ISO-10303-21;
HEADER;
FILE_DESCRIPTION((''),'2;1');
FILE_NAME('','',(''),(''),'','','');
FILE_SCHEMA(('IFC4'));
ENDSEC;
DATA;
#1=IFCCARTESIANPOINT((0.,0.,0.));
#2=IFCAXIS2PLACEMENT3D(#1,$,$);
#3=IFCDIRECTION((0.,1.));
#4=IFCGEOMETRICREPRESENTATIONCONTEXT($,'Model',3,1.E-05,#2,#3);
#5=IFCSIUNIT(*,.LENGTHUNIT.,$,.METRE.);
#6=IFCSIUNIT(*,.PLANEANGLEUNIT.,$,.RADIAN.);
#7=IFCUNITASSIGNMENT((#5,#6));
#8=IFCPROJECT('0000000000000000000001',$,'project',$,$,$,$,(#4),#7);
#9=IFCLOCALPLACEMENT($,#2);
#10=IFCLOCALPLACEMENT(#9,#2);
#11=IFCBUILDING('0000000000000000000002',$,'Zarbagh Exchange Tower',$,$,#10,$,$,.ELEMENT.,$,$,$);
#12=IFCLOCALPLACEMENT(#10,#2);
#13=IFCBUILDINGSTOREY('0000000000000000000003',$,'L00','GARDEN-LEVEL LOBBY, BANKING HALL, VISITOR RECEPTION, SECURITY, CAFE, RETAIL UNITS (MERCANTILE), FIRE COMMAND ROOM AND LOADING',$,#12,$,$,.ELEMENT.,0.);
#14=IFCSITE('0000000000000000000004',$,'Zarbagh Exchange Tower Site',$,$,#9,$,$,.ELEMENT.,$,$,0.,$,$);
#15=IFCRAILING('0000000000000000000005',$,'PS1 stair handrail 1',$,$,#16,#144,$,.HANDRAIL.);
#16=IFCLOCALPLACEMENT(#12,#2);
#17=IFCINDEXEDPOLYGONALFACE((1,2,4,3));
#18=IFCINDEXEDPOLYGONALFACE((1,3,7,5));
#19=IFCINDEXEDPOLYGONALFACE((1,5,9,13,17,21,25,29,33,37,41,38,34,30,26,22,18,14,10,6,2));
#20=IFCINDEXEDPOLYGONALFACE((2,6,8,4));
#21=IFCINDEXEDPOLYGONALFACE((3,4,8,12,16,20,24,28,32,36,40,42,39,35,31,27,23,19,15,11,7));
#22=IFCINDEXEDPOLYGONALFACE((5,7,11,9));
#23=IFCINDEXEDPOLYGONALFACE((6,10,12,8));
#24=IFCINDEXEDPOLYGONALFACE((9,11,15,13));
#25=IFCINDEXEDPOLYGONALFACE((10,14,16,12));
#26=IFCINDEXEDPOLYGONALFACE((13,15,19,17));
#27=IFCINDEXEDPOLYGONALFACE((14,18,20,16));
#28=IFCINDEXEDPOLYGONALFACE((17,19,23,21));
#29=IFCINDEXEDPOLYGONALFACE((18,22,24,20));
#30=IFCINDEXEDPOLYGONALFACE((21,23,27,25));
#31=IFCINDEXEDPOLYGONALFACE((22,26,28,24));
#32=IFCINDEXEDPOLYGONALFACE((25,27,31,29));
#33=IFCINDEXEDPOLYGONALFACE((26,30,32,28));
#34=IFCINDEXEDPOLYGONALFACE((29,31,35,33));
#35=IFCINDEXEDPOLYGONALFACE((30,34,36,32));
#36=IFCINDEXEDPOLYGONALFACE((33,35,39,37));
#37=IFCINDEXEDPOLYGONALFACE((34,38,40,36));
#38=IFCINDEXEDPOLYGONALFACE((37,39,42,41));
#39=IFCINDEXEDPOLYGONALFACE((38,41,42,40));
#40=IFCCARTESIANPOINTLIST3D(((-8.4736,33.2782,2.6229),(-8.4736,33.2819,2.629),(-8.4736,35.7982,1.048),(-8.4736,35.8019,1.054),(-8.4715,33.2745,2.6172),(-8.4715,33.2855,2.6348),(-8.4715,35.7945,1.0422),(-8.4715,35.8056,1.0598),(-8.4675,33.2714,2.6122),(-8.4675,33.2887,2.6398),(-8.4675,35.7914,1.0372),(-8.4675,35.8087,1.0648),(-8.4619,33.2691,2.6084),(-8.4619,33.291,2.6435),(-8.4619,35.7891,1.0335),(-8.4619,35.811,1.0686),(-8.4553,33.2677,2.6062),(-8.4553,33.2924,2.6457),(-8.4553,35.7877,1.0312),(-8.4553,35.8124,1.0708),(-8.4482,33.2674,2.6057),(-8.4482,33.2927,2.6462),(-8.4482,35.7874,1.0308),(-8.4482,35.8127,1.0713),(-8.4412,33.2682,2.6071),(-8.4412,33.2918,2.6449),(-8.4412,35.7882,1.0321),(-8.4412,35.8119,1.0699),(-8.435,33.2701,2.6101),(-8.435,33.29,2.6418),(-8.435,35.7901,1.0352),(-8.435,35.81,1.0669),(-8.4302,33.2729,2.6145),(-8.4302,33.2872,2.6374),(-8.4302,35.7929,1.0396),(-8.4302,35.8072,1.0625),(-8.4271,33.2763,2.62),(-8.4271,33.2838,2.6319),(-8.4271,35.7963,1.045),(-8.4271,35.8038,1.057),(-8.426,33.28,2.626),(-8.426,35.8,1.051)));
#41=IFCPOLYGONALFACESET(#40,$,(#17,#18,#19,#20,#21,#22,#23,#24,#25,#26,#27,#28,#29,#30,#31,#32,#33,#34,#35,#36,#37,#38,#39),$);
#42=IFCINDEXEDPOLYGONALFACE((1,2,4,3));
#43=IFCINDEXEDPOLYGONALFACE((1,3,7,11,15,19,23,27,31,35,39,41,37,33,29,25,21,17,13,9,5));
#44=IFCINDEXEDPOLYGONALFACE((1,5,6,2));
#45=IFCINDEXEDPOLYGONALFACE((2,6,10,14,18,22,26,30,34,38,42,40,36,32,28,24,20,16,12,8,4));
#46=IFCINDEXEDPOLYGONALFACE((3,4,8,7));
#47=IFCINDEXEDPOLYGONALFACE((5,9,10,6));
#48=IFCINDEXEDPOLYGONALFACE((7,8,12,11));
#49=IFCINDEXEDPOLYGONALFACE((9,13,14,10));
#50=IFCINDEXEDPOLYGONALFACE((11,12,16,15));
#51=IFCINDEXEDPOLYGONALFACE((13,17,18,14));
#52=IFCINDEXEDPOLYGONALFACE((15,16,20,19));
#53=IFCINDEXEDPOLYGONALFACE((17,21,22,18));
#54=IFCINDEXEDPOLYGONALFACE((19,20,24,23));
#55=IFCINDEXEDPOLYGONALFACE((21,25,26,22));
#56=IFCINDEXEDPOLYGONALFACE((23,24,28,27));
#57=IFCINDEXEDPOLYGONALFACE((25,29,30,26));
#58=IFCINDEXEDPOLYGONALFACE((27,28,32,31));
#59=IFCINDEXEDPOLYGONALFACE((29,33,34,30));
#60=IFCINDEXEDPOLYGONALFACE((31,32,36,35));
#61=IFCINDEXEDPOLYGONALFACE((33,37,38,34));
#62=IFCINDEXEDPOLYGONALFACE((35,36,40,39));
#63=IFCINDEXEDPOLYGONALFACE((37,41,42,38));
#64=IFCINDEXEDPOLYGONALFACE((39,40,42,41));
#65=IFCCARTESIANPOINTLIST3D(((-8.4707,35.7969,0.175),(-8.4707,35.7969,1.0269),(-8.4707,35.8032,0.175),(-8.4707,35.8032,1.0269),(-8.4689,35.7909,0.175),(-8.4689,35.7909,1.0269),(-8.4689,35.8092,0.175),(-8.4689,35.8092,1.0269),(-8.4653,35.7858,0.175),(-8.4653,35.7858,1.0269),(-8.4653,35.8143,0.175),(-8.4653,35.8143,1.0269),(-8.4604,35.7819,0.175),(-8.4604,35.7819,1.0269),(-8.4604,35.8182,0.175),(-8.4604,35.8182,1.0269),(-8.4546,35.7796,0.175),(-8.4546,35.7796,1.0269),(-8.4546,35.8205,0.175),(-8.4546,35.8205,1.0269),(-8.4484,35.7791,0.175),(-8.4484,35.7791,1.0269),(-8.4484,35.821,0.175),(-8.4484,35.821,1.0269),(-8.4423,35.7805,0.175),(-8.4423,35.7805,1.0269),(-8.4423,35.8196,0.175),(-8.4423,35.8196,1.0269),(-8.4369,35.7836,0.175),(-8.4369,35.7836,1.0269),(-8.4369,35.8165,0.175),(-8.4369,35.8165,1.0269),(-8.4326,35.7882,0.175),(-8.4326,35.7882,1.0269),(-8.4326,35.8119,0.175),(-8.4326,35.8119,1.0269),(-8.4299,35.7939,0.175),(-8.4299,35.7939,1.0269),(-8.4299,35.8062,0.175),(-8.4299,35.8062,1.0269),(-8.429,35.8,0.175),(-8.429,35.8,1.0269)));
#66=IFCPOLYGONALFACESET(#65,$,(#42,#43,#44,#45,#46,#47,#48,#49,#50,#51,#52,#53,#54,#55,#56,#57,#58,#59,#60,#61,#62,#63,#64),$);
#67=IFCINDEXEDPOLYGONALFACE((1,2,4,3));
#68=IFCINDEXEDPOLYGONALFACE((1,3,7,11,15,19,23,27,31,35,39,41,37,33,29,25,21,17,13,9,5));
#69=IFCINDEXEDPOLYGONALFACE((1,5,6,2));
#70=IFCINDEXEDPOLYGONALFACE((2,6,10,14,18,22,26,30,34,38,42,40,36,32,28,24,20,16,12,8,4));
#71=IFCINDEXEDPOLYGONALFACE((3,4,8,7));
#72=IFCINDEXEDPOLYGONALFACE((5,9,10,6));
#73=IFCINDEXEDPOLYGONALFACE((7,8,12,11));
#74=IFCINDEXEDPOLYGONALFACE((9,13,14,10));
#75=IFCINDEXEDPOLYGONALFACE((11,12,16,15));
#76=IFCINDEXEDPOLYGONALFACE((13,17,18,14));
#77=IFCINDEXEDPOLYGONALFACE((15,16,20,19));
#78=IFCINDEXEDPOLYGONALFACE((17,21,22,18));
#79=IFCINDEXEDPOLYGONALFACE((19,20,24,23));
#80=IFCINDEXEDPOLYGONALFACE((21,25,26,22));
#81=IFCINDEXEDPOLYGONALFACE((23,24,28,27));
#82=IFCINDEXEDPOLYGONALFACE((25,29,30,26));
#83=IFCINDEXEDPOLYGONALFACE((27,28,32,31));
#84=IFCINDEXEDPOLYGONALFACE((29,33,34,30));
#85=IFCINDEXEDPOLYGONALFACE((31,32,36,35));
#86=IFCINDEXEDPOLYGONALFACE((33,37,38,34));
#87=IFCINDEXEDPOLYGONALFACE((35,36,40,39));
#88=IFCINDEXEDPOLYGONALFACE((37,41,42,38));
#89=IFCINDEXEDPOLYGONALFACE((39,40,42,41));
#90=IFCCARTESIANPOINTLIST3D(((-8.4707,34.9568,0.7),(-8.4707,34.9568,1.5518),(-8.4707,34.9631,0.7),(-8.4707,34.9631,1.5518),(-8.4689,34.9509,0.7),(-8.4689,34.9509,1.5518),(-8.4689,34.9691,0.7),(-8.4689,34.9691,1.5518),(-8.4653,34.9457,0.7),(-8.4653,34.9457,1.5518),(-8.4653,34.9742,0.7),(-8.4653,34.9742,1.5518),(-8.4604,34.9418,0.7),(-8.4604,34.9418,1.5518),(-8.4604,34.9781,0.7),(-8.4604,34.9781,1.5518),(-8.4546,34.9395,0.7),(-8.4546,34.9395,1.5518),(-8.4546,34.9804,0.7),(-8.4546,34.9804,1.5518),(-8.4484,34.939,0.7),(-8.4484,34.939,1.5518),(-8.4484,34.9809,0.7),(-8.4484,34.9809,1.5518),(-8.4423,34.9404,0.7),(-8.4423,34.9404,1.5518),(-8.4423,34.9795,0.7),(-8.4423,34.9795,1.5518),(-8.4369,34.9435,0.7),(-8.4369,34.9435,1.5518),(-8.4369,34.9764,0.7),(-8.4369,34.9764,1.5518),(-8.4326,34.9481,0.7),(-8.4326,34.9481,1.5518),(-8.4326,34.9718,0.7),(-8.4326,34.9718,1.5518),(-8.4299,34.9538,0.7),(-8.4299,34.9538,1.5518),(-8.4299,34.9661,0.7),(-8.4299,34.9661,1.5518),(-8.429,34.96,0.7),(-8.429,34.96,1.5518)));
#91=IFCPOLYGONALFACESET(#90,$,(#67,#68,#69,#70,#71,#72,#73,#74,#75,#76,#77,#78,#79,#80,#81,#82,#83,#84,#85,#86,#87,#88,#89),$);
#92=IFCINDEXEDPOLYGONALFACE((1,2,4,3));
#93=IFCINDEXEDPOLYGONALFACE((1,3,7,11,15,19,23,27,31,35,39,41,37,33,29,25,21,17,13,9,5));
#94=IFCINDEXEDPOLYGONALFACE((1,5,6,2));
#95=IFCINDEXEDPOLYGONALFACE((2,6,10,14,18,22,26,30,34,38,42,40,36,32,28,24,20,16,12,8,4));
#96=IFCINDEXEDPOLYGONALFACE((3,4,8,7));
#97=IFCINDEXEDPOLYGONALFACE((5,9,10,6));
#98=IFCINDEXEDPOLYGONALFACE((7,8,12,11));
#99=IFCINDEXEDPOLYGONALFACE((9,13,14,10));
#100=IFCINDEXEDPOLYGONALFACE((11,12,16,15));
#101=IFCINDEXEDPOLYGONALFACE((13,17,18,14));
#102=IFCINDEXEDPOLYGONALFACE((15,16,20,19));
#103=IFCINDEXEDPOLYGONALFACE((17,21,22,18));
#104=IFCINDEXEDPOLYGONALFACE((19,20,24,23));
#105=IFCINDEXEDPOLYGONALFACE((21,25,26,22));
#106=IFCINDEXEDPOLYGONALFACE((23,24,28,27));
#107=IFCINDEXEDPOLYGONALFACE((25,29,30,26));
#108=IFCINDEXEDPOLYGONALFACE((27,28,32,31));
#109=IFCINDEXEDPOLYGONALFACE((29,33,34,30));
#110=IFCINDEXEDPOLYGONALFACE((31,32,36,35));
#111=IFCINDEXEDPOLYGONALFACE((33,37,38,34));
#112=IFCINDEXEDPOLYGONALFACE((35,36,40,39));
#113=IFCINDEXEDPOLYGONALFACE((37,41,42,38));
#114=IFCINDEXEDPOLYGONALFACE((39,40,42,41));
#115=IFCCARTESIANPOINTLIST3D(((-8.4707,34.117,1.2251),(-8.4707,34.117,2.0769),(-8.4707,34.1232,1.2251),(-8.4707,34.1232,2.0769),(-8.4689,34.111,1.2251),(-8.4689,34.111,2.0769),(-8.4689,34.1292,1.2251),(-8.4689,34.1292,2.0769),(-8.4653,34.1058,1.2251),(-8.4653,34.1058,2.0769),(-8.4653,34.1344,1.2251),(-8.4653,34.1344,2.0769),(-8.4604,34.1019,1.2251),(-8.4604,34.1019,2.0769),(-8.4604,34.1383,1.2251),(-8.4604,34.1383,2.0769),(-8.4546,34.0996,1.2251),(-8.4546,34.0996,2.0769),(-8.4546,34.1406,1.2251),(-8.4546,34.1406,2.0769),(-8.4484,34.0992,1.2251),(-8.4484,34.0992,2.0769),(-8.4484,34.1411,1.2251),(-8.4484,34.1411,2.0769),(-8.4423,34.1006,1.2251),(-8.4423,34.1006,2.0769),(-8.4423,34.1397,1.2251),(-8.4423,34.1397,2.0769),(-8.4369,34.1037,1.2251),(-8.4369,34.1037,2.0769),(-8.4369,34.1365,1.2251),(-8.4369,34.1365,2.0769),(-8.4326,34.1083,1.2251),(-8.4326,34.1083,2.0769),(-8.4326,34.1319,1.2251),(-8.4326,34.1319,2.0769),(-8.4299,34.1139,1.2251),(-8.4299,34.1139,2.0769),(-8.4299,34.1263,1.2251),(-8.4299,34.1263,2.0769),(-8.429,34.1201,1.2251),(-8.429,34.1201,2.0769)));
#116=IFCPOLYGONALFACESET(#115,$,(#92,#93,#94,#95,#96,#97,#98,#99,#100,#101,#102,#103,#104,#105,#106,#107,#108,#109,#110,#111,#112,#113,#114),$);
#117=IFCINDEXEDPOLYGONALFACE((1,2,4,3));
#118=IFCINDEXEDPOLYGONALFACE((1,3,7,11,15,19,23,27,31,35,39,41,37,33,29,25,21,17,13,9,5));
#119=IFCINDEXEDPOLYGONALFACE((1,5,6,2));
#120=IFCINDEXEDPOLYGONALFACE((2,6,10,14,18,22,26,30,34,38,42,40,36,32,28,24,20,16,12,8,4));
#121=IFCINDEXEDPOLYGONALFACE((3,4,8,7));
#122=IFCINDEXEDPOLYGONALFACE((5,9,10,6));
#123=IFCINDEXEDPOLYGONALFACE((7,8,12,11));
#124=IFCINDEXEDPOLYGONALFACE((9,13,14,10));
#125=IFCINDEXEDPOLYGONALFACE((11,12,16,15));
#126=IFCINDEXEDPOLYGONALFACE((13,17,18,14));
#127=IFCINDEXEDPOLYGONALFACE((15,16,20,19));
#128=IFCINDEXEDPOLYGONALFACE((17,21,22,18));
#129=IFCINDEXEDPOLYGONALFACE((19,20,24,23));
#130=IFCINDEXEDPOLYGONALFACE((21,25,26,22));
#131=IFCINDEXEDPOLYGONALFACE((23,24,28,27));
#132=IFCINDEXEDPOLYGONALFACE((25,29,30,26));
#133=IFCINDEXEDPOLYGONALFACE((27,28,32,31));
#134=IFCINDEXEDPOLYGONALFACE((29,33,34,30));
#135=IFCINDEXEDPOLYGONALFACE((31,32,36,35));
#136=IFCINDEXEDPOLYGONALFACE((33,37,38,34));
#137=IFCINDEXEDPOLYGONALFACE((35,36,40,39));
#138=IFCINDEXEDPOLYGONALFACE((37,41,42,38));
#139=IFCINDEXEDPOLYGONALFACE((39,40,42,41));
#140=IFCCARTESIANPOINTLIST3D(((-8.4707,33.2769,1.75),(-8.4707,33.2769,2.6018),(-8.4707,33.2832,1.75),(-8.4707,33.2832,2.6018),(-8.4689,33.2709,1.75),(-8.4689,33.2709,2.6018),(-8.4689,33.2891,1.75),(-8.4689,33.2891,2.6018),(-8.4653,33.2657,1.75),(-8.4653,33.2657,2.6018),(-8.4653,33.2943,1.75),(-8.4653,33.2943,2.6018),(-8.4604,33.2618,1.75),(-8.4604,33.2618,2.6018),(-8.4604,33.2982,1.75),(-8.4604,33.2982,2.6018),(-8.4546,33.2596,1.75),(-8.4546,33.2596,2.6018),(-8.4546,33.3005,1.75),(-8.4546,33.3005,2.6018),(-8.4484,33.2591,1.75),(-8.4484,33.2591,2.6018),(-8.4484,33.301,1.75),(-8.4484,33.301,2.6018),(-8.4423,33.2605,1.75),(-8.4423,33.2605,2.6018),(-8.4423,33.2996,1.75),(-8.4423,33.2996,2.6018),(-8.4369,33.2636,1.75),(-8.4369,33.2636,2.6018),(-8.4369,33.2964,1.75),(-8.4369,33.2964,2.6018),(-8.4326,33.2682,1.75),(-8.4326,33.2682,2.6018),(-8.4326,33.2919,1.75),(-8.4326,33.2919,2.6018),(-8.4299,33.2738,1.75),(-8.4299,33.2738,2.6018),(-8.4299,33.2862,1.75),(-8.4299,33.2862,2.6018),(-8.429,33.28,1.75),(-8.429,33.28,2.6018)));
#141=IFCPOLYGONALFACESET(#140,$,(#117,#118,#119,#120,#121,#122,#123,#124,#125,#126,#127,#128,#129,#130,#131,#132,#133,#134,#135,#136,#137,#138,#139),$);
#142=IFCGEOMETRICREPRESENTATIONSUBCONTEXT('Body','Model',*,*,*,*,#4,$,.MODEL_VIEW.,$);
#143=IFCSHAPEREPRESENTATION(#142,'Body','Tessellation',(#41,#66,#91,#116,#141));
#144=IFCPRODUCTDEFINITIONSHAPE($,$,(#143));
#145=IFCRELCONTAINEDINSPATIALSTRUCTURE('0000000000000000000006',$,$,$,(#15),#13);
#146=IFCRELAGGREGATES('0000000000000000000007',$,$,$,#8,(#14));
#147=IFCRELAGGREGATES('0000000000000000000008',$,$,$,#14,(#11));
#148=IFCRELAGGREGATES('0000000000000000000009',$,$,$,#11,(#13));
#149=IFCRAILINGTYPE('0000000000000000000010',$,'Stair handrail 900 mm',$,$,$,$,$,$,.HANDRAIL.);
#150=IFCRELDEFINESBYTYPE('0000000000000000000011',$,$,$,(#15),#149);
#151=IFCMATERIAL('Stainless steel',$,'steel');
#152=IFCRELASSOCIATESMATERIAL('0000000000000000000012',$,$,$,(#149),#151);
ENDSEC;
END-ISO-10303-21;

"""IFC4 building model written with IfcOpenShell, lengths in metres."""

from ifc_helpers import new_model, si_unit, direction, frame, origin, origin_2d, place, context, subcontext, project, spatial, circle, extrude, material, type_object, element, save


model = new_model("IFC4")

# Units and contexts
model_context = context("Model", 3, precision=1e-05, world=origin(), true_north=direction((0.0, 1.0)))
body_context = subcontext(model_context, "Body", "Model", "MODEL_VIEW")
ifc_project = project(units=[si_unit("LENGTHUNIT", "METRE"), si_unit("PLANEANGLEUNIT", "RADIAN")], contexts=[model_context])

# Site, building, storey
site_placement = place(None, origin())
site = spatial("IfcSite", under=ifc_project, at=site_placement, Name="Zarbagh Exchange Tower Site", CompositionType="ELEMENT", RefElevation=0.0)
building_placement = place(site_placement, origin())
building = spatial("IfcBuilding", under=site, at=building_placement, Name="Zarbagh Exchange Tower", CompositionType="ELEMENT")
storey_placement = place(building_placement, origin())
storey = spatial("IfcBuildingStorey", under=building, at=storey_placement, Name="L00", Description="GARDEN-LEVEL LOBBY, BANKING HALL, VISITOR RECEPTION, SECURITY, CAFE, RETAIL UNITS (MERCANTILE), FIRE COMMAND ROOM AND LOADING", CompositionType="ELEMENT", Elevation=0.0)

# Railing
ifc_material_1 = material(Name="Stainless steel", Category="steel")
railing_type_1 = type_object("IfcRailingType", Name="Stair handrail 900 mm", PredefinedType="HANDRAIL", material=ifc_material_1)
for number, where, name in (
    (1, (-8.45, 35.8, 0.175), "PS1 stair handrail 1"),
):
    element("IfcRailing", number, at=place(storey_placement, frame(where)), inside=storey, type_object=railing_type_1, Name=name, PredefinedType="HANDRAIL", context=body_context, shape_type="SweptSolid", body=[
        extrude(circle(Radius=0.0239, at=origin_2d()), frame((0.0, 0.0, 0.876), z_axis=(0.0, -0.848008, 0.529984), x_axis=(1.0, 0.0, 0.0)), (0.0, 0.0, 1.0), 2.9717),
        extrude(circle(Radius=0.021, at=origin_2d()), origin(), (0.0, 0.0, 1.0), 0.8518),
        extrude(circle(Radius=0.021, at=origin_2d()), frame((0.0, -0.8401, 0.5249)), (0.0, 0.0, 1.0), 0.8518),
        extrude(circle(Radius=0.021, at=origin_2d()), frame((0.0, -1.6799, 1.05)), (0.0, 0.0, 1.0), 0.8518),
        extrude(circle(Radius=0.021, at=origin_2d()), frame((0.0, -2.52, 1.575)), (0.0, 0.0, 1.0), 0.8518),
    ])

save(model, "model.ifc")
